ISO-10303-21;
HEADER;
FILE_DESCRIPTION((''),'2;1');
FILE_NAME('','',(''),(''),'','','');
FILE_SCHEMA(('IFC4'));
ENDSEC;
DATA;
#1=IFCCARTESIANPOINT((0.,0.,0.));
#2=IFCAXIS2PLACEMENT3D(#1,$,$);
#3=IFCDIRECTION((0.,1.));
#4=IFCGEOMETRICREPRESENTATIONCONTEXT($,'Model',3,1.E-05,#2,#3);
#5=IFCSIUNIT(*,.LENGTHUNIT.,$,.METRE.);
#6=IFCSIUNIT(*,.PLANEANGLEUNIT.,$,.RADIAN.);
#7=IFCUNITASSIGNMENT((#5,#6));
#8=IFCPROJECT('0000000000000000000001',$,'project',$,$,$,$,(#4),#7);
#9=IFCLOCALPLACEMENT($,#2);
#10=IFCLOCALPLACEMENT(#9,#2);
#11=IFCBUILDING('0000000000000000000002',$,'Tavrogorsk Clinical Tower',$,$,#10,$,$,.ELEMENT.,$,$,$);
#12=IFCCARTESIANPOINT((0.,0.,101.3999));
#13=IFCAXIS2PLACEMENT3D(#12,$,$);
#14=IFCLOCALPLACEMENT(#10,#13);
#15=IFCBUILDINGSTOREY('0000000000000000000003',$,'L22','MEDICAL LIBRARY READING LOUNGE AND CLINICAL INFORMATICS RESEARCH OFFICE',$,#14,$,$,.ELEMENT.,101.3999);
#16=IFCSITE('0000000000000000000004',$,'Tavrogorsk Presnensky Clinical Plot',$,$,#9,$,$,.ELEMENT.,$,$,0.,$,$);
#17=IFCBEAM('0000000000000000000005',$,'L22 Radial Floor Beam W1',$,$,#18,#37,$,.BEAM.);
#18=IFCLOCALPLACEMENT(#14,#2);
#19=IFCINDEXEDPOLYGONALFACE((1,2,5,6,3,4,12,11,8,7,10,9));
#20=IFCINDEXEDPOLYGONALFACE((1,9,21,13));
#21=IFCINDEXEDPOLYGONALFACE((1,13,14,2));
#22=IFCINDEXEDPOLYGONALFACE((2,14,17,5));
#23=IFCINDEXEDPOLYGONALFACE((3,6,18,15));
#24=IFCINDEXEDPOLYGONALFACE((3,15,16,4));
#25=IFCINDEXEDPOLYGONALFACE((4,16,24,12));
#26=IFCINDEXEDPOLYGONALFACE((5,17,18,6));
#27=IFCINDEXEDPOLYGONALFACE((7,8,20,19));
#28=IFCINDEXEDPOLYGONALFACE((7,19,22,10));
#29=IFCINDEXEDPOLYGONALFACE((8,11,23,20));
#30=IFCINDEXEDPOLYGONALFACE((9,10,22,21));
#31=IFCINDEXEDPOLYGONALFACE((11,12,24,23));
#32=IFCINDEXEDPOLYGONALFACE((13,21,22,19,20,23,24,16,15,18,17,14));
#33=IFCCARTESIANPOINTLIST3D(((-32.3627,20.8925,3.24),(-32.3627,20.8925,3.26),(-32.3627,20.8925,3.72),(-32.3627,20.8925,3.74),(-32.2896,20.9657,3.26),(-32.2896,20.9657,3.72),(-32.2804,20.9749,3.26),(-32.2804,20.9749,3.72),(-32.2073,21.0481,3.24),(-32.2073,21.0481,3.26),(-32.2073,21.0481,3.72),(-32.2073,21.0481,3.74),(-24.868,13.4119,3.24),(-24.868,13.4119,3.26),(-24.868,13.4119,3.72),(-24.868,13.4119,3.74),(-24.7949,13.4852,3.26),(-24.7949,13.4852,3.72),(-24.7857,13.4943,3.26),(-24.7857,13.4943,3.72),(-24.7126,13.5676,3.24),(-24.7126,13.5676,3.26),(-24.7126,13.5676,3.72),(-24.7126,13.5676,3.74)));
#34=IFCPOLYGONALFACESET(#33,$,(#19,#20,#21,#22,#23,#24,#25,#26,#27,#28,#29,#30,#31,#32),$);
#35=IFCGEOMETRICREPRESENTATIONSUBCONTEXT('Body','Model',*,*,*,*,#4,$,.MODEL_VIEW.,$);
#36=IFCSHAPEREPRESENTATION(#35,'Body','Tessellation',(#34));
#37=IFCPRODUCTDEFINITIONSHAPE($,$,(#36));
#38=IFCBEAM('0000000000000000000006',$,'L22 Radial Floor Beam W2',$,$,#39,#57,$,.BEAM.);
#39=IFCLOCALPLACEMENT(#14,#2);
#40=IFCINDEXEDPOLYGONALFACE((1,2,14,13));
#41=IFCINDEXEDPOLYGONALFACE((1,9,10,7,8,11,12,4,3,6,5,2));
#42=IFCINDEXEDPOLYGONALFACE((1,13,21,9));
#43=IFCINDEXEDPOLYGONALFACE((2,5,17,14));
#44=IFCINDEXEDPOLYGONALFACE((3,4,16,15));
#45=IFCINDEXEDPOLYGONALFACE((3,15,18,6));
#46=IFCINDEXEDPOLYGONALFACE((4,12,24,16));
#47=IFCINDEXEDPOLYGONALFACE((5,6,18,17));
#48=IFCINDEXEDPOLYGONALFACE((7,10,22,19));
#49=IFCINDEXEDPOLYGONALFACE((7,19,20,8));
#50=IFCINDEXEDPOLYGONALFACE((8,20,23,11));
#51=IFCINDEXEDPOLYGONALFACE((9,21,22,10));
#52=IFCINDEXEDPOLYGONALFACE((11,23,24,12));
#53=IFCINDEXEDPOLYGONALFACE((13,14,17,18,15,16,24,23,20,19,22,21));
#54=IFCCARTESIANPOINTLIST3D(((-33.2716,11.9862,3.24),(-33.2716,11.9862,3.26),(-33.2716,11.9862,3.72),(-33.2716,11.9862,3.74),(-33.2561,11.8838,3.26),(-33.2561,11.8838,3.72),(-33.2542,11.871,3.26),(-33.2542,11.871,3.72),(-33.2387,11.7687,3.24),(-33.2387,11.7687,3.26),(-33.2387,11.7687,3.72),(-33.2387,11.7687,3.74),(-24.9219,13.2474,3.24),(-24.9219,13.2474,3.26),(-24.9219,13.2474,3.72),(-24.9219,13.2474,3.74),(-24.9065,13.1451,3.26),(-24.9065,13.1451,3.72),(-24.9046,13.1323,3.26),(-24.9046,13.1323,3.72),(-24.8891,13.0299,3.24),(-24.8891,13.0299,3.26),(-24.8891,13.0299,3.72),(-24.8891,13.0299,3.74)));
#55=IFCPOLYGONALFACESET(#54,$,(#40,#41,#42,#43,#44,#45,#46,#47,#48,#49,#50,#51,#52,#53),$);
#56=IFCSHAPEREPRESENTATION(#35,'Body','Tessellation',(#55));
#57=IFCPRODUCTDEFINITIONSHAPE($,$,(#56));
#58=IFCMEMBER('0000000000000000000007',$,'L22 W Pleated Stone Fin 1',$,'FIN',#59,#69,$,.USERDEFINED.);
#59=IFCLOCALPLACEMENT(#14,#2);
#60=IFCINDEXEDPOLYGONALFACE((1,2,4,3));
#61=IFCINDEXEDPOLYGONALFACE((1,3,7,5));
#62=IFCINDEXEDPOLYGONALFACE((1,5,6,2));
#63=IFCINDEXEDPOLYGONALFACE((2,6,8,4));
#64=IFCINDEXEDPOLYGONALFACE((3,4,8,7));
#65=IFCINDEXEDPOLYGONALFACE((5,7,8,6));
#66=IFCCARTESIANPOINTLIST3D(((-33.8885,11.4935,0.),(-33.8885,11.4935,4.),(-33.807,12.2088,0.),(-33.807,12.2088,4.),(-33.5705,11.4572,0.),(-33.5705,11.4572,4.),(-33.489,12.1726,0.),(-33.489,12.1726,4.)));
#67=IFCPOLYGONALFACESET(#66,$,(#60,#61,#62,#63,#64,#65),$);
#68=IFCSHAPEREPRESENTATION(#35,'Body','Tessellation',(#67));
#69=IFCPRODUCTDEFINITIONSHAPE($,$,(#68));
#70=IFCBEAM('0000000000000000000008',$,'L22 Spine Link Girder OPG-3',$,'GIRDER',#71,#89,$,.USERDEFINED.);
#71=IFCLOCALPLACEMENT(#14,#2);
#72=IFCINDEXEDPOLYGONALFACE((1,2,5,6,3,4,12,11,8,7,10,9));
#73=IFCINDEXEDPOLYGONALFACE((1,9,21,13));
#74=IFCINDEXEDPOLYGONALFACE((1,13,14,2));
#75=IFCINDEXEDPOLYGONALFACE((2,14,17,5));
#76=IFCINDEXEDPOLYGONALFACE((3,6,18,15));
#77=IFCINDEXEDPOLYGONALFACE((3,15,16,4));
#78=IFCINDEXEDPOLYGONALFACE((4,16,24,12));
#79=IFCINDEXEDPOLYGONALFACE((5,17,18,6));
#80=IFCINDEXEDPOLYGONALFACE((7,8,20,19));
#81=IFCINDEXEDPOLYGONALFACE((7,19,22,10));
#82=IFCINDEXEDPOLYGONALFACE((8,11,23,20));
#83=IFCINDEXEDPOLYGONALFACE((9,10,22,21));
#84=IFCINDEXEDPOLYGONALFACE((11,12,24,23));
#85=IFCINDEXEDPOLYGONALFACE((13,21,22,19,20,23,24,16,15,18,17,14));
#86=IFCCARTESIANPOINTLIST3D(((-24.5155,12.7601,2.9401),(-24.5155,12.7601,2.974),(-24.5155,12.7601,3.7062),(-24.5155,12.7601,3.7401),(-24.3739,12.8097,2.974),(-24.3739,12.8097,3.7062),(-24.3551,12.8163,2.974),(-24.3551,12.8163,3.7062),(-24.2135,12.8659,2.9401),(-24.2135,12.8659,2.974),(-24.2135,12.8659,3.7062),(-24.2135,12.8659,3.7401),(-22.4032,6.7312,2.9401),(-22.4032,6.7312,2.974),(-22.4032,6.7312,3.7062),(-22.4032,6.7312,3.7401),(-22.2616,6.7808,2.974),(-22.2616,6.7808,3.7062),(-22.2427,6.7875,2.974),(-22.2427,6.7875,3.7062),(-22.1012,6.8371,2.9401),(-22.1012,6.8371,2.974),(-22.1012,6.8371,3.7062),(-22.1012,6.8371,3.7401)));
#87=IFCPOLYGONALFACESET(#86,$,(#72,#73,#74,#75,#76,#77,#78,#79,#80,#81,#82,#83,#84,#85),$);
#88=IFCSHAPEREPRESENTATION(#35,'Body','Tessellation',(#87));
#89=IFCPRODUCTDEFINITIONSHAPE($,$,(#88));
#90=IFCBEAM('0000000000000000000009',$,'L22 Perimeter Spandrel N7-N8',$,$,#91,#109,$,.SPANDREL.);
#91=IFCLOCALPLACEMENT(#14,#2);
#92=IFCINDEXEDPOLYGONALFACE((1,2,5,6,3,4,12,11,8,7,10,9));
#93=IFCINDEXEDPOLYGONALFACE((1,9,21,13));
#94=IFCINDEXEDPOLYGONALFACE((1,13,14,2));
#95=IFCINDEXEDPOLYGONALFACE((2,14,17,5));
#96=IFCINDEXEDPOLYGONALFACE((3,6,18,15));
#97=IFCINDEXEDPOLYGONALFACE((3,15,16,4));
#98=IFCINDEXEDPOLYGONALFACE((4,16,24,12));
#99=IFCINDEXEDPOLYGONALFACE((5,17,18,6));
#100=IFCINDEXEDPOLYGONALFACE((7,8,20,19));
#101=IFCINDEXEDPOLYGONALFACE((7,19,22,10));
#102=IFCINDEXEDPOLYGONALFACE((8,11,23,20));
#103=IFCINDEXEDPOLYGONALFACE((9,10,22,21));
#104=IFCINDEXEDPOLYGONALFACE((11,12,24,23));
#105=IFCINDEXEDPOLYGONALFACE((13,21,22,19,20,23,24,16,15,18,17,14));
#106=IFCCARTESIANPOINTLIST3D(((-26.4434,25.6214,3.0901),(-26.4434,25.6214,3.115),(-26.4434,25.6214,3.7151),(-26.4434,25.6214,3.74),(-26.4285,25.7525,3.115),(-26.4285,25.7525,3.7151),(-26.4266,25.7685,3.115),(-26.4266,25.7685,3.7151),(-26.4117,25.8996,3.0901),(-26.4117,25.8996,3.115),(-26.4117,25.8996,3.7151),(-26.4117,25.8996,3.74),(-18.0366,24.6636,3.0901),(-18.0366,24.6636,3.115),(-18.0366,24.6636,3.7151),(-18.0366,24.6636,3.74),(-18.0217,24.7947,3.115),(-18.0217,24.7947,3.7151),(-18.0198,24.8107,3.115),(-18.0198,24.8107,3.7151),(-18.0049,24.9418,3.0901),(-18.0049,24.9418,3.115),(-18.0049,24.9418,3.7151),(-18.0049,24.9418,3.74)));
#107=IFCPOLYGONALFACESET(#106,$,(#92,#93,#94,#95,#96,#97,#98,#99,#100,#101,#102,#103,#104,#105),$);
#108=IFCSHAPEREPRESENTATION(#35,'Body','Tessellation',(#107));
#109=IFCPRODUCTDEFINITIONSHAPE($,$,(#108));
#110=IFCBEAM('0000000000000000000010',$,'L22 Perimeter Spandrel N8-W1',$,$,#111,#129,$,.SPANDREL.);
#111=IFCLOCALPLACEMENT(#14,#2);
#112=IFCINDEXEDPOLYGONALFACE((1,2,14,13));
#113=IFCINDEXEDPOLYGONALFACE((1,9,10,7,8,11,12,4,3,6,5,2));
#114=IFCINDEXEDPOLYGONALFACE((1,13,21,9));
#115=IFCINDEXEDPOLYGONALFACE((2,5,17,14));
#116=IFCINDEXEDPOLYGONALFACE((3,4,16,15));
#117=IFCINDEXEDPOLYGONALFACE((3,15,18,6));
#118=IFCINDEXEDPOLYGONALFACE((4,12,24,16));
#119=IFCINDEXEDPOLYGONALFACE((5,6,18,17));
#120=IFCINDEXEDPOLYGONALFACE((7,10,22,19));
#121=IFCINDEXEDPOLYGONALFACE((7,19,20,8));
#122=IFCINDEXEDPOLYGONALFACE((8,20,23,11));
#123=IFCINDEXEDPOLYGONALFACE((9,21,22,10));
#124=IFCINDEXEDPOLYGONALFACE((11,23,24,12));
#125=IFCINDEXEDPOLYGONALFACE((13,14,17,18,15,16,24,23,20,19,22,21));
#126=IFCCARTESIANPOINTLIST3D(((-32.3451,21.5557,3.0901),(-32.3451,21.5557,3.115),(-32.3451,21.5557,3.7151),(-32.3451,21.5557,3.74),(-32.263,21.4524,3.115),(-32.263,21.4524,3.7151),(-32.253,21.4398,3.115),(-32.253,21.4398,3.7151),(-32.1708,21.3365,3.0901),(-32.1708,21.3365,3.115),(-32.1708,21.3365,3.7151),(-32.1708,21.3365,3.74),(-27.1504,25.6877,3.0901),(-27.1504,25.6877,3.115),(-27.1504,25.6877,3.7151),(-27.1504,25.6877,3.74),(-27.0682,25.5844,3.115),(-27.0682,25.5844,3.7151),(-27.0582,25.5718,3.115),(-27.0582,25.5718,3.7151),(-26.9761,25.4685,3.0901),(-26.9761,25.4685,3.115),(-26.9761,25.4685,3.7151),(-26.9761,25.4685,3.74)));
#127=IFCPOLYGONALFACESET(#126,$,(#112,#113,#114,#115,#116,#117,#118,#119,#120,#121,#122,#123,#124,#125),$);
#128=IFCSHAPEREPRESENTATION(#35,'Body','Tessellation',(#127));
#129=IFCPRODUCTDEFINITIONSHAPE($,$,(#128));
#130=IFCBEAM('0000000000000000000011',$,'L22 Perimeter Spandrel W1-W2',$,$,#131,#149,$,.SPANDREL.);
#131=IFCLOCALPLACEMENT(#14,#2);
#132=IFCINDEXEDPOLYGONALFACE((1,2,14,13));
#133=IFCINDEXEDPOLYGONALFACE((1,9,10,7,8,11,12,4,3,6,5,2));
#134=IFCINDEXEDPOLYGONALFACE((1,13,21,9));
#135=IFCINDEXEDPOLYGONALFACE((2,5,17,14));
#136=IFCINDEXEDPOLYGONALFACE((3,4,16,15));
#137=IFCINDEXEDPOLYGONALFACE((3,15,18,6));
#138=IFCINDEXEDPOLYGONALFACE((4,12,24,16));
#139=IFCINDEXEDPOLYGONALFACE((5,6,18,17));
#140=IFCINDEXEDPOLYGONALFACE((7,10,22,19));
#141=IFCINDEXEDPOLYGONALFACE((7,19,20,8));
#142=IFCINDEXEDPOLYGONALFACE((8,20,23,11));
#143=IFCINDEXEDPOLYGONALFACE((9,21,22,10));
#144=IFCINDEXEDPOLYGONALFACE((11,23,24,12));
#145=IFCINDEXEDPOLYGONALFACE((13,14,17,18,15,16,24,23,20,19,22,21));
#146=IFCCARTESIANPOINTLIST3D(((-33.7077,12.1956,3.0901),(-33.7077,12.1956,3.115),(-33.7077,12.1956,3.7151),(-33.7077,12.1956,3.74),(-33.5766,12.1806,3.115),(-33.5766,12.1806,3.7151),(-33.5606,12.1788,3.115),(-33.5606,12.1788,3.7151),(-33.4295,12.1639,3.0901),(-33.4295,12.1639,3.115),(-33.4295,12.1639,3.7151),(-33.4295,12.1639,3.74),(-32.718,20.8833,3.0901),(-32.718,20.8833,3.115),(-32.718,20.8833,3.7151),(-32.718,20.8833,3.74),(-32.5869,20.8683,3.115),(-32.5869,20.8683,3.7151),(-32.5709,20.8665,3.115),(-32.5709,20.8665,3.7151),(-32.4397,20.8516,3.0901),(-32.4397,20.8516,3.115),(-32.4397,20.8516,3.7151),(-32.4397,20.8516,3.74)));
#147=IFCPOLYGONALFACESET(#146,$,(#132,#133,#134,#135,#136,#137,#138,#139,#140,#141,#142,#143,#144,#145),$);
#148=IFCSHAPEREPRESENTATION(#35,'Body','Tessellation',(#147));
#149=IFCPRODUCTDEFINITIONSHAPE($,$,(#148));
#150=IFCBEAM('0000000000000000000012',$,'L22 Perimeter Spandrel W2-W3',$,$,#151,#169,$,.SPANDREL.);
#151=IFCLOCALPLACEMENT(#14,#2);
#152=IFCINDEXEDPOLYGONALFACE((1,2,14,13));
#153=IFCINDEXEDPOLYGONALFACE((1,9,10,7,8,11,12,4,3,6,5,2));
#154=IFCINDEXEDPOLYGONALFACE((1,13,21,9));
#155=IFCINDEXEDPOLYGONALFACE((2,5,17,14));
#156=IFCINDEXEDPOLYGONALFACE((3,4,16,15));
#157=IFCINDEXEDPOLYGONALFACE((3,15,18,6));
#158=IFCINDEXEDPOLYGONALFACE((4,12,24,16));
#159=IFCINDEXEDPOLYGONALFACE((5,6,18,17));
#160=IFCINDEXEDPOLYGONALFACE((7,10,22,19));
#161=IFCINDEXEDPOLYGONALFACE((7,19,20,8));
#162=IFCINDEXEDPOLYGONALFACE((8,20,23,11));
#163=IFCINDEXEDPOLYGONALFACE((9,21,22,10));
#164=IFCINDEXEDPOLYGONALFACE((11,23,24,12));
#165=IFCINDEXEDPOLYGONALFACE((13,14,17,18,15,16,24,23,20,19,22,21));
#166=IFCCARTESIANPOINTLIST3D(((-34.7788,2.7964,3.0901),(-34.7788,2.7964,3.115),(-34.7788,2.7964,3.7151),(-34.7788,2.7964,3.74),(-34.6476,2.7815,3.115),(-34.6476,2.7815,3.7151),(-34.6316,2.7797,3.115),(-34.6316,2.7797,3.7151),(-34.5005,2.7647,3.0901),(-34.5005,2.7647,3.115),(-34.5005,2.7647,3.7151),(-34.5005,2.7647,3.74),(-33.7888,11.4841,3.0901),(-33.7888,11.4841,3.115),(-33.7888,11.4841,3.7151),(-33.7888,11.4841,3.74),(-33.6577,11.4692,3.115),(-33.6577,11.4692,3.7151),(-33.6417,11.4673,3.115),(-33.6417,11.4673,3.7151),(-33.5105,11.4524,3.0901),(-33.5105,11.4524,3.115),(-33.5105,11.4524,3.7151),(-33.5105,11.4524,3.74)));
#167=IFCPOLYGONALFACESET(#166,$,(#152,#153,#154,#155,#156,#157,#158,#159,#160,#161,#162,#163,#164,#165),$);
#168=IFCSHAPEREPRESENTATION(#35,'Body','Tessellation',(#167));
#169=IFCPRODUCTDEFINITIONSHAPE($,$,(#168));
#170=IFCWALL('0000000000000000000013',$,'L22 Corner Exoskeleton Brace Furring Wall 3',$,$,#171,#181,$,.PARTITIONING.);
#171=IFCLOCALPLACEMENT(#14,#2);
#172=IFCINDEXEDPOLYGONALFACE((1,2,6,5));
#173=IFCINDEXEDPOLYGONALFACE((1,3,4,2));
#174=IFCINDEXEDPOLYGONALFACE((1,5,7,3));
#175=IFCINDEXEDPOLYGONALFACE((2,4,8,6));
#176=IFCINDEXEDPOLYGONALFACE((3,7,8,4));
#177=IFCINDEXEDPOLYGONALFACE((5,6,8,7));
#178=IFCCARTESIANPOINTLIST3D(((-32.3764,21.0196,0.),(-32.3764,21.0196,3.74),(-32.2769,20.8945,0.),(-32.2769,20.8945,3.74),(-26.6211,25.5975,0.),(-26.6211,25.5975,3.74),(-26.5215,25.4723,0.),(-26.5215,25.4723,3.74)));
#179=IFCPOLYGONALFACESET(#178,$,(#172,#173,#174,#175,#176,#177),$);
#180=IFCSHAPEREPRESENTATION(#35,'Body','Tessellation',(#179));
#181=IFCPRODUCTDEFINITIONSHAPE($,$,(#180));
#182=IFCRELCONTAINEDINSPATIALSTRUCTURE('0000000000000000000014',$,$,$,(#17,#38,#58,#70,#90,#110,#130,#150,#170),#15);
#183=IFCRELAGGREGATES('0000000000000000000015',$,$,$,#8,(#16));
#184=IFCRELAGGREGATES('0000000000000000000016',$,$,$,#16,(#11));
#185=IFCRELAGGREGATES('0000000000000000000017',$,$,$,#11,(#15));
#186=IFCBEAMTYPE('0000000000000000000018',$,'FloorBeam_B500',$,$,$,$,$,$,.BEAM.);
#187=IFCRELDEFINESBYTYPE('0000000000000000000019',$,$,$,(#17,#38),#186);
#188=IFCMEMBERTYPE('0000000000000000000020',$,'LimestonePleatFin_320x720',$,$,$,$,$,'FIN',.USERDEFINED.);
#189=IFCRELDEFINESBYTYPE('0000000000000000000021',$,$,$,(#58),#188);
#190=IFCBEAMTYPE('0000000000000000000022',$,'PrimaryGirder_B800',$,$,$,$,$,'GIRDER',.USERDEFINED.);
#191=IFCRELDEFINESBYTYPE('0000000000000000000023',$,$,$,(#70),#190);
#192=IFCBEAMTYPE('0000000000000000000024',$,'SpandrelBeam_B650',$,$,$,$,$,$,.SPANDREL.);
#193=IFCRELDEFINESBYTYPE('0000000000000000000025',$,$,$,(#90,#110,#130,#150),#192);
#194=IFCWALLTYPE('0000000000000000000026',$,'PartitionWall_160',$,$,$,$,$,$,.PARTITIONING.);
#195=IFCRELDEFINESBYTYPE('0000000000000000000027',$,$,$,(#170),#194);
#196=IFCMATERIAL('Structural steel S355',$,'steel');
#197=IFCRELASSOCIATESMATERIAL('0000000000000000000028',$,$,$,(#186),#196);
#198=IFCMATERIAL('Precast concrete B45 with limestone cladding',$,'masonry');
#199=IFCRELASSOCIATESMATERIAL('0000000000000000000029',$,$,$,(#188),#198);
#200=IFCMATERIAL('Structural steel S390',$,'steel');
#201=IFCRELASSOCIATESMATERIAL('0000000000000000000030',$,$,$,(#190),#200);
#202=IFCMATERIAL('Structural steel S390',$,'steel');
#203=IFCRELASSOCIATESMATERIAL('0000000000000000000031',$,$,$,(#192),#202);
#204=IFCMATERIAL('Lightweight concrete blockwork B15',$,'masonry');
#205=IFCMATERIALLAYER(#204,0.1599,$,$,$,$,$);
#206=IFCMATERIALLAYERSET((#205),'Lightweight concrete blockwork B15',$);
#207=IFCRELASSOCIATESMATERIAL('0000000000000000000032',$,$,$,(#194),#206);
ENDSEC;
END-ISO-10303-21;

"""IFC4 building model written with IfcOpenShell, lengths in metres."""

from ifc_helpers import new_model, si_unit, direction, frame, frame_2d, origin, origin_2d, place, context, subcontext, project, spatial, rectangle, i_section, extrude, material, layer, layer_set, material_profile, profile_set, type_object, element, save


model = new_model("IFC4")

# Units and contexts
model_context = context("Model", 3, precision=1e-05, world=origin(), true_north=direction((0.0, 1.0)))
body_context = subcontext(model_context, "Body", "Model", "MODEL_VIEW")
ifc_project = project(units=[si_unit("LENGTHUNIT", "METRE"), si_unit("PLANEANGLEUNIT", "RADIAN")], contexts=[model_context])

# Site, building, storey
site_placement = place(None, origin())
site = spatial("IfcSite", under=ifc_project, at=site_placement, Name="Tavrogorsk Presnensky Clinical Plot", CompositionType="ELEMENT", RefElevation=0.0)
building_placement = place(site_placement, origin())
building = spatial("IfcBuilding", under=site, at=building_placement, Name="Tavrogorsk Clinical Tower", CompositionType="ELEMENT")
storey_placement = place(building_placement, frame((0.0, 0.0, 101.3999)))
storey = spatial("IfcBuildingStorey", under=building, at=storey_placement, Name="L22", Description="MEDICAL LIBRARY READING LOUNGE AND CLINICAL INFORMATICS RESEARCH OFFICE", CompositionType="ELEMENT", Elevation=101.3999)

# Beams
ifc_material_1 = material(Name="Structural steel S355", Category="steel")
ifc_material_profile_1 = material_profile(ifc_material_1, i_section(OverallWidth=0.22, OverallDepth=0.5, WebThickness=0.0129, FlangeThickness=0.02, at=origin_2d()), Name="B-500x220x13x20")
ifc_profile_set_1 = profile_set([ifc_material_profile_1], Name="Structural steel S355")
beam_type_1 = type_object("IfcBeamType", Name="FloorBeam_B500", PredefinedType="BEAM", material=ifc_profile_set_1)
beam_1_placement = place(storey_placement, frame((-24.7903, 13.4897, 3.49), z_axis=(-0.707775, 0.706438, 0.0), x_axis=(-0.706438, -0.707775, 0.0)))
element("IfcBeam", 1, at=beam_1_placement, inside=storey, type_object=beam_type_1, Name="L22 Radial Floor Beam W1", PredefinedType="BEAM", context=body_context, shape_type="SweptSolid", body=[
    extrude(i_section(OverallWidth=0.22, OverallDepth=0.5, WebThickness=0.0129, FlangeThickness=0.02, at=origin_2d()), origin(), (0.0, 0.0, 1.0), 10.5891),
])
beam_2_placement = place(storey_placement, frame((-24.9055, 13.1387, 3.49), z_axis=(-0.988783, -0.149358, 0.0), x_axis=(0.149358, -0.988783, 0.0)))
element("IfcBeam", 2, at=beam_2_placement, inside=storey, type_object=beam_type_1, Name="L22 Radial Floor Beam W2", PredefinedType="BEAM", context=body_context, shape_type="SweptSolid", body=[
    extrude(i_section(OverallWidth=0.22, OverallDepth=0.5, WebThickness=0.0129, FlangeThickness=0.02, at=origin_2d()), origin(), (0.0, 0.0, 1.0), 8.4443),
])

# Member
ifc_material_2 = material(Name="Precast concrete B45 with limestone cladding", Category="masonry")
ifc_material_profile_2 = material_profile(ifc_material_2, rectangle(XDim=0.3201, YDim=0.72, at=origin_2d()), Name="LIMESTONE-FIN-320x720")
ifc_profile_set_2 = profile_set([ifc_material_profile_2], Name="Precast concrete B45 with limestone cladding")
member_type_1 = type_object("IfcMemberType", Name="LimestonePleatFin_320x720", ElementType="FIN", PredefinedType="USERDEFINED", material=ifc_profile_set_2)
member_1_placement = place(storey_placement, frame((-33.6887, 11.833, 0.0), z_axis=(0.0, 0.0, 1.0), x_axis=(0.993572, -0.113203, 0.0)))
element("IfcMember", 3, at=member_1_placement, inside=storey, type_object=member_type_1, Name="L22 W Pleated Stone Fin 1", ObjectType="FIN", PredefinedType="USERDEFINED", context=body_context, shape_type="SweptSolid", body=[
    extrude(rectangle(XDim=0.3201, YDim=0.72, at=origin_2d()), origin(), (0.0, 0.0, 1.0), 4.0),
])

# Beams
ifc_material_3 = material(Name="Structural steel S390", Category="steel")
ifc_material_profile_3 = material_profile(ifc_material_3, i_section(OverallWidth=0.3201, OverallDepth=0.8, WebThickness=0.02, FlangeThickness=0.0339, at=origin_2d()), Name="B-800x320x20x34")
ifc_profile_set_3 = profile_set([ifc_material_profile_3], Name="Structural steel S390")
beam_type_2 = type_object("IfcBeamType", Name="PrimaryGirder_B800", ElementType="GIRDER", PredefinedType="USERDEFINED", material=ifc_profile_set_3)
beam_3_placement = place(storey_placement, frame((-24.3645, 12.813, 3.3401), z_axis=(0.33066, -0.94375, 0.0), x_axis=(0.94375, 0.33066, 0.0)))
element("IfcBeam", 4, at=beam_3_placement, inside=storey, type_object=beam_type_2, Name="L22 Spine Link Girder OPG-3", ObjectType="GIRDER", PredefinedType="USERDEFINED", context=body_context, shape_type="SweptSolid", body=[
    extrude(i_section(OverallWidth=0.3201, OverallDepth=0.8, WebThickness=0.02, FlangeThickness=0.0339, at=origin_2d()), origin(), (0.0, 0.0, 1.0), 6.3882),
])
ifc_material_4 = material(Name="Structural steel S390", Category="steel")
ifc_material_profile_4 = material_profile(ifc_material_4, i_section(OverallWidth=0.28, OverallDepth=0.6499, WebThickness=0.0161, FlangeThickness=0.0249, at=origin_2d()), Name="B-650x280x16x25")
ifc_profile_set_4 = profile_set([ifc_material_profile_4], Name="Structural steel S390")
beam_type_3 = type_object("IfcBeamType", Name="SpandrelBeam_B650", PredefinedType="SPANDREL", material=ifc_profile_set_4)
beam_4_placement = place(storey_placement, frame((-18.0208, 24.8027, 3.415), z_axis=(-0.993573, 0.113196, 0.0), x_axis=(-0.113196, -0.993573, 0.0)))
element("IfcBeam", 5, at=beam_4_placement, inside=storey, type_object=beam_type_3, Name="L22 Perimeter Spandrel N7-N8", PredefinedType="SPANDREL", context=body_context, shape_type="SweptSolid", body=[
    extrude(i_section(OverallWidth=0.28, OverallDepth=0.6499, WebThickness=0.0161, FlangeThickness=0.0249, at=origin_2d()), origin(), (0.0, 0.0, 1.0), 8.4612),
])
beam_5_placement = place(storey_placement, frame((-27.0632, 25.5781, 3.415), z_axis=(-0.782613, -0.622508, 0.0), x_axis=(0.622508, -0.782613, 0.0)))
element("IfcBeam", 6, at=beam_5_placement, inside=storey, type_object=beam_type_3, Name="L22 Perimeter Spandrel N8-W1", PredefinedType="SPANDREL", context=body_context, shape_type="SweptSolid", body=[
    extrude(i_section(OverallWidth=0.28, OverallDepth=0.6499, WebThickness=0.0161, FlangeThickness=0.0249, at=origin_2d()), origin(), (0.0, 0.0, 1.0), 6.6377),
])
for number, where, z_axis, x_axis, name in (
    (7, (-32.5789, 20.8674, 3.415), (-0.113192, -0.993573, 0.0), (0.993573, -0.113192, 0.0), "L22 Perimeter Spandrel W1-W2"),
    (8, (-33.6497, 11.4683, 3.415), (-0.11322, -0.99357, 0.0), (0.99357, -0.11322, 0.0), "L22 Perimeter Spandrel W2-W3"),
):
    element("IfcBeam", number, at=place(storey_placement, frame(where, z_axis=z_axis, x_axis=x_axis)), inside=storey, type_object=beam_type_3, Name=name, PredefinedType="SPANDREL", context=body_context, shape_type="SweptSolid", body=[
        extrude(i_section(OverallWidth=0.28, OverallDepth=0.6499, WebThickness=0.0161, FlangeThickness=0.0249, at=origin_2d()), origin(), (0.0, 0.0, 1.0), 8.7439),
    ])

# Wall
ifc_material_5 = material(Name="Lightweight concrete blockwork B15", Category="masonry")
ifc_layer_1 = layer(ifc_material_5, 0.1599)
ifc_layer_set_1 = layer_set([ifc_layer_1], Name="Lightweight concrete blockwork B15")
wall_type_1 = type_object("IfcWallType", Name="PartitionWall_160", PredefinedType="PARTITIONING", material=ifc_layer_set_1)
wall_1_placement = place(storey_placement, frame((-26.5713, 25.5349, 0.0), z_axis=(0.0, 0.0, 1.0), x_axis=(-0.782618, -0.622502, 0.0)))
element("IfcWall", 9, at=wall_1_placement, inside=storey, type_object=wall_type_1, Name="L22 Corner Exoskeleton Brace Furring Wall 3", PredefinedType="PARTITIONING", context=body_context, shape_type="SweptSolid", body=[
    extrude(rectangle(XDim=7.354, YDim=0.1599, at=frame_2d((3.677, 0.0))), origin(), (0.0, 0.0, 1.0), 3.74),
])

save(model, "model.ifc")
